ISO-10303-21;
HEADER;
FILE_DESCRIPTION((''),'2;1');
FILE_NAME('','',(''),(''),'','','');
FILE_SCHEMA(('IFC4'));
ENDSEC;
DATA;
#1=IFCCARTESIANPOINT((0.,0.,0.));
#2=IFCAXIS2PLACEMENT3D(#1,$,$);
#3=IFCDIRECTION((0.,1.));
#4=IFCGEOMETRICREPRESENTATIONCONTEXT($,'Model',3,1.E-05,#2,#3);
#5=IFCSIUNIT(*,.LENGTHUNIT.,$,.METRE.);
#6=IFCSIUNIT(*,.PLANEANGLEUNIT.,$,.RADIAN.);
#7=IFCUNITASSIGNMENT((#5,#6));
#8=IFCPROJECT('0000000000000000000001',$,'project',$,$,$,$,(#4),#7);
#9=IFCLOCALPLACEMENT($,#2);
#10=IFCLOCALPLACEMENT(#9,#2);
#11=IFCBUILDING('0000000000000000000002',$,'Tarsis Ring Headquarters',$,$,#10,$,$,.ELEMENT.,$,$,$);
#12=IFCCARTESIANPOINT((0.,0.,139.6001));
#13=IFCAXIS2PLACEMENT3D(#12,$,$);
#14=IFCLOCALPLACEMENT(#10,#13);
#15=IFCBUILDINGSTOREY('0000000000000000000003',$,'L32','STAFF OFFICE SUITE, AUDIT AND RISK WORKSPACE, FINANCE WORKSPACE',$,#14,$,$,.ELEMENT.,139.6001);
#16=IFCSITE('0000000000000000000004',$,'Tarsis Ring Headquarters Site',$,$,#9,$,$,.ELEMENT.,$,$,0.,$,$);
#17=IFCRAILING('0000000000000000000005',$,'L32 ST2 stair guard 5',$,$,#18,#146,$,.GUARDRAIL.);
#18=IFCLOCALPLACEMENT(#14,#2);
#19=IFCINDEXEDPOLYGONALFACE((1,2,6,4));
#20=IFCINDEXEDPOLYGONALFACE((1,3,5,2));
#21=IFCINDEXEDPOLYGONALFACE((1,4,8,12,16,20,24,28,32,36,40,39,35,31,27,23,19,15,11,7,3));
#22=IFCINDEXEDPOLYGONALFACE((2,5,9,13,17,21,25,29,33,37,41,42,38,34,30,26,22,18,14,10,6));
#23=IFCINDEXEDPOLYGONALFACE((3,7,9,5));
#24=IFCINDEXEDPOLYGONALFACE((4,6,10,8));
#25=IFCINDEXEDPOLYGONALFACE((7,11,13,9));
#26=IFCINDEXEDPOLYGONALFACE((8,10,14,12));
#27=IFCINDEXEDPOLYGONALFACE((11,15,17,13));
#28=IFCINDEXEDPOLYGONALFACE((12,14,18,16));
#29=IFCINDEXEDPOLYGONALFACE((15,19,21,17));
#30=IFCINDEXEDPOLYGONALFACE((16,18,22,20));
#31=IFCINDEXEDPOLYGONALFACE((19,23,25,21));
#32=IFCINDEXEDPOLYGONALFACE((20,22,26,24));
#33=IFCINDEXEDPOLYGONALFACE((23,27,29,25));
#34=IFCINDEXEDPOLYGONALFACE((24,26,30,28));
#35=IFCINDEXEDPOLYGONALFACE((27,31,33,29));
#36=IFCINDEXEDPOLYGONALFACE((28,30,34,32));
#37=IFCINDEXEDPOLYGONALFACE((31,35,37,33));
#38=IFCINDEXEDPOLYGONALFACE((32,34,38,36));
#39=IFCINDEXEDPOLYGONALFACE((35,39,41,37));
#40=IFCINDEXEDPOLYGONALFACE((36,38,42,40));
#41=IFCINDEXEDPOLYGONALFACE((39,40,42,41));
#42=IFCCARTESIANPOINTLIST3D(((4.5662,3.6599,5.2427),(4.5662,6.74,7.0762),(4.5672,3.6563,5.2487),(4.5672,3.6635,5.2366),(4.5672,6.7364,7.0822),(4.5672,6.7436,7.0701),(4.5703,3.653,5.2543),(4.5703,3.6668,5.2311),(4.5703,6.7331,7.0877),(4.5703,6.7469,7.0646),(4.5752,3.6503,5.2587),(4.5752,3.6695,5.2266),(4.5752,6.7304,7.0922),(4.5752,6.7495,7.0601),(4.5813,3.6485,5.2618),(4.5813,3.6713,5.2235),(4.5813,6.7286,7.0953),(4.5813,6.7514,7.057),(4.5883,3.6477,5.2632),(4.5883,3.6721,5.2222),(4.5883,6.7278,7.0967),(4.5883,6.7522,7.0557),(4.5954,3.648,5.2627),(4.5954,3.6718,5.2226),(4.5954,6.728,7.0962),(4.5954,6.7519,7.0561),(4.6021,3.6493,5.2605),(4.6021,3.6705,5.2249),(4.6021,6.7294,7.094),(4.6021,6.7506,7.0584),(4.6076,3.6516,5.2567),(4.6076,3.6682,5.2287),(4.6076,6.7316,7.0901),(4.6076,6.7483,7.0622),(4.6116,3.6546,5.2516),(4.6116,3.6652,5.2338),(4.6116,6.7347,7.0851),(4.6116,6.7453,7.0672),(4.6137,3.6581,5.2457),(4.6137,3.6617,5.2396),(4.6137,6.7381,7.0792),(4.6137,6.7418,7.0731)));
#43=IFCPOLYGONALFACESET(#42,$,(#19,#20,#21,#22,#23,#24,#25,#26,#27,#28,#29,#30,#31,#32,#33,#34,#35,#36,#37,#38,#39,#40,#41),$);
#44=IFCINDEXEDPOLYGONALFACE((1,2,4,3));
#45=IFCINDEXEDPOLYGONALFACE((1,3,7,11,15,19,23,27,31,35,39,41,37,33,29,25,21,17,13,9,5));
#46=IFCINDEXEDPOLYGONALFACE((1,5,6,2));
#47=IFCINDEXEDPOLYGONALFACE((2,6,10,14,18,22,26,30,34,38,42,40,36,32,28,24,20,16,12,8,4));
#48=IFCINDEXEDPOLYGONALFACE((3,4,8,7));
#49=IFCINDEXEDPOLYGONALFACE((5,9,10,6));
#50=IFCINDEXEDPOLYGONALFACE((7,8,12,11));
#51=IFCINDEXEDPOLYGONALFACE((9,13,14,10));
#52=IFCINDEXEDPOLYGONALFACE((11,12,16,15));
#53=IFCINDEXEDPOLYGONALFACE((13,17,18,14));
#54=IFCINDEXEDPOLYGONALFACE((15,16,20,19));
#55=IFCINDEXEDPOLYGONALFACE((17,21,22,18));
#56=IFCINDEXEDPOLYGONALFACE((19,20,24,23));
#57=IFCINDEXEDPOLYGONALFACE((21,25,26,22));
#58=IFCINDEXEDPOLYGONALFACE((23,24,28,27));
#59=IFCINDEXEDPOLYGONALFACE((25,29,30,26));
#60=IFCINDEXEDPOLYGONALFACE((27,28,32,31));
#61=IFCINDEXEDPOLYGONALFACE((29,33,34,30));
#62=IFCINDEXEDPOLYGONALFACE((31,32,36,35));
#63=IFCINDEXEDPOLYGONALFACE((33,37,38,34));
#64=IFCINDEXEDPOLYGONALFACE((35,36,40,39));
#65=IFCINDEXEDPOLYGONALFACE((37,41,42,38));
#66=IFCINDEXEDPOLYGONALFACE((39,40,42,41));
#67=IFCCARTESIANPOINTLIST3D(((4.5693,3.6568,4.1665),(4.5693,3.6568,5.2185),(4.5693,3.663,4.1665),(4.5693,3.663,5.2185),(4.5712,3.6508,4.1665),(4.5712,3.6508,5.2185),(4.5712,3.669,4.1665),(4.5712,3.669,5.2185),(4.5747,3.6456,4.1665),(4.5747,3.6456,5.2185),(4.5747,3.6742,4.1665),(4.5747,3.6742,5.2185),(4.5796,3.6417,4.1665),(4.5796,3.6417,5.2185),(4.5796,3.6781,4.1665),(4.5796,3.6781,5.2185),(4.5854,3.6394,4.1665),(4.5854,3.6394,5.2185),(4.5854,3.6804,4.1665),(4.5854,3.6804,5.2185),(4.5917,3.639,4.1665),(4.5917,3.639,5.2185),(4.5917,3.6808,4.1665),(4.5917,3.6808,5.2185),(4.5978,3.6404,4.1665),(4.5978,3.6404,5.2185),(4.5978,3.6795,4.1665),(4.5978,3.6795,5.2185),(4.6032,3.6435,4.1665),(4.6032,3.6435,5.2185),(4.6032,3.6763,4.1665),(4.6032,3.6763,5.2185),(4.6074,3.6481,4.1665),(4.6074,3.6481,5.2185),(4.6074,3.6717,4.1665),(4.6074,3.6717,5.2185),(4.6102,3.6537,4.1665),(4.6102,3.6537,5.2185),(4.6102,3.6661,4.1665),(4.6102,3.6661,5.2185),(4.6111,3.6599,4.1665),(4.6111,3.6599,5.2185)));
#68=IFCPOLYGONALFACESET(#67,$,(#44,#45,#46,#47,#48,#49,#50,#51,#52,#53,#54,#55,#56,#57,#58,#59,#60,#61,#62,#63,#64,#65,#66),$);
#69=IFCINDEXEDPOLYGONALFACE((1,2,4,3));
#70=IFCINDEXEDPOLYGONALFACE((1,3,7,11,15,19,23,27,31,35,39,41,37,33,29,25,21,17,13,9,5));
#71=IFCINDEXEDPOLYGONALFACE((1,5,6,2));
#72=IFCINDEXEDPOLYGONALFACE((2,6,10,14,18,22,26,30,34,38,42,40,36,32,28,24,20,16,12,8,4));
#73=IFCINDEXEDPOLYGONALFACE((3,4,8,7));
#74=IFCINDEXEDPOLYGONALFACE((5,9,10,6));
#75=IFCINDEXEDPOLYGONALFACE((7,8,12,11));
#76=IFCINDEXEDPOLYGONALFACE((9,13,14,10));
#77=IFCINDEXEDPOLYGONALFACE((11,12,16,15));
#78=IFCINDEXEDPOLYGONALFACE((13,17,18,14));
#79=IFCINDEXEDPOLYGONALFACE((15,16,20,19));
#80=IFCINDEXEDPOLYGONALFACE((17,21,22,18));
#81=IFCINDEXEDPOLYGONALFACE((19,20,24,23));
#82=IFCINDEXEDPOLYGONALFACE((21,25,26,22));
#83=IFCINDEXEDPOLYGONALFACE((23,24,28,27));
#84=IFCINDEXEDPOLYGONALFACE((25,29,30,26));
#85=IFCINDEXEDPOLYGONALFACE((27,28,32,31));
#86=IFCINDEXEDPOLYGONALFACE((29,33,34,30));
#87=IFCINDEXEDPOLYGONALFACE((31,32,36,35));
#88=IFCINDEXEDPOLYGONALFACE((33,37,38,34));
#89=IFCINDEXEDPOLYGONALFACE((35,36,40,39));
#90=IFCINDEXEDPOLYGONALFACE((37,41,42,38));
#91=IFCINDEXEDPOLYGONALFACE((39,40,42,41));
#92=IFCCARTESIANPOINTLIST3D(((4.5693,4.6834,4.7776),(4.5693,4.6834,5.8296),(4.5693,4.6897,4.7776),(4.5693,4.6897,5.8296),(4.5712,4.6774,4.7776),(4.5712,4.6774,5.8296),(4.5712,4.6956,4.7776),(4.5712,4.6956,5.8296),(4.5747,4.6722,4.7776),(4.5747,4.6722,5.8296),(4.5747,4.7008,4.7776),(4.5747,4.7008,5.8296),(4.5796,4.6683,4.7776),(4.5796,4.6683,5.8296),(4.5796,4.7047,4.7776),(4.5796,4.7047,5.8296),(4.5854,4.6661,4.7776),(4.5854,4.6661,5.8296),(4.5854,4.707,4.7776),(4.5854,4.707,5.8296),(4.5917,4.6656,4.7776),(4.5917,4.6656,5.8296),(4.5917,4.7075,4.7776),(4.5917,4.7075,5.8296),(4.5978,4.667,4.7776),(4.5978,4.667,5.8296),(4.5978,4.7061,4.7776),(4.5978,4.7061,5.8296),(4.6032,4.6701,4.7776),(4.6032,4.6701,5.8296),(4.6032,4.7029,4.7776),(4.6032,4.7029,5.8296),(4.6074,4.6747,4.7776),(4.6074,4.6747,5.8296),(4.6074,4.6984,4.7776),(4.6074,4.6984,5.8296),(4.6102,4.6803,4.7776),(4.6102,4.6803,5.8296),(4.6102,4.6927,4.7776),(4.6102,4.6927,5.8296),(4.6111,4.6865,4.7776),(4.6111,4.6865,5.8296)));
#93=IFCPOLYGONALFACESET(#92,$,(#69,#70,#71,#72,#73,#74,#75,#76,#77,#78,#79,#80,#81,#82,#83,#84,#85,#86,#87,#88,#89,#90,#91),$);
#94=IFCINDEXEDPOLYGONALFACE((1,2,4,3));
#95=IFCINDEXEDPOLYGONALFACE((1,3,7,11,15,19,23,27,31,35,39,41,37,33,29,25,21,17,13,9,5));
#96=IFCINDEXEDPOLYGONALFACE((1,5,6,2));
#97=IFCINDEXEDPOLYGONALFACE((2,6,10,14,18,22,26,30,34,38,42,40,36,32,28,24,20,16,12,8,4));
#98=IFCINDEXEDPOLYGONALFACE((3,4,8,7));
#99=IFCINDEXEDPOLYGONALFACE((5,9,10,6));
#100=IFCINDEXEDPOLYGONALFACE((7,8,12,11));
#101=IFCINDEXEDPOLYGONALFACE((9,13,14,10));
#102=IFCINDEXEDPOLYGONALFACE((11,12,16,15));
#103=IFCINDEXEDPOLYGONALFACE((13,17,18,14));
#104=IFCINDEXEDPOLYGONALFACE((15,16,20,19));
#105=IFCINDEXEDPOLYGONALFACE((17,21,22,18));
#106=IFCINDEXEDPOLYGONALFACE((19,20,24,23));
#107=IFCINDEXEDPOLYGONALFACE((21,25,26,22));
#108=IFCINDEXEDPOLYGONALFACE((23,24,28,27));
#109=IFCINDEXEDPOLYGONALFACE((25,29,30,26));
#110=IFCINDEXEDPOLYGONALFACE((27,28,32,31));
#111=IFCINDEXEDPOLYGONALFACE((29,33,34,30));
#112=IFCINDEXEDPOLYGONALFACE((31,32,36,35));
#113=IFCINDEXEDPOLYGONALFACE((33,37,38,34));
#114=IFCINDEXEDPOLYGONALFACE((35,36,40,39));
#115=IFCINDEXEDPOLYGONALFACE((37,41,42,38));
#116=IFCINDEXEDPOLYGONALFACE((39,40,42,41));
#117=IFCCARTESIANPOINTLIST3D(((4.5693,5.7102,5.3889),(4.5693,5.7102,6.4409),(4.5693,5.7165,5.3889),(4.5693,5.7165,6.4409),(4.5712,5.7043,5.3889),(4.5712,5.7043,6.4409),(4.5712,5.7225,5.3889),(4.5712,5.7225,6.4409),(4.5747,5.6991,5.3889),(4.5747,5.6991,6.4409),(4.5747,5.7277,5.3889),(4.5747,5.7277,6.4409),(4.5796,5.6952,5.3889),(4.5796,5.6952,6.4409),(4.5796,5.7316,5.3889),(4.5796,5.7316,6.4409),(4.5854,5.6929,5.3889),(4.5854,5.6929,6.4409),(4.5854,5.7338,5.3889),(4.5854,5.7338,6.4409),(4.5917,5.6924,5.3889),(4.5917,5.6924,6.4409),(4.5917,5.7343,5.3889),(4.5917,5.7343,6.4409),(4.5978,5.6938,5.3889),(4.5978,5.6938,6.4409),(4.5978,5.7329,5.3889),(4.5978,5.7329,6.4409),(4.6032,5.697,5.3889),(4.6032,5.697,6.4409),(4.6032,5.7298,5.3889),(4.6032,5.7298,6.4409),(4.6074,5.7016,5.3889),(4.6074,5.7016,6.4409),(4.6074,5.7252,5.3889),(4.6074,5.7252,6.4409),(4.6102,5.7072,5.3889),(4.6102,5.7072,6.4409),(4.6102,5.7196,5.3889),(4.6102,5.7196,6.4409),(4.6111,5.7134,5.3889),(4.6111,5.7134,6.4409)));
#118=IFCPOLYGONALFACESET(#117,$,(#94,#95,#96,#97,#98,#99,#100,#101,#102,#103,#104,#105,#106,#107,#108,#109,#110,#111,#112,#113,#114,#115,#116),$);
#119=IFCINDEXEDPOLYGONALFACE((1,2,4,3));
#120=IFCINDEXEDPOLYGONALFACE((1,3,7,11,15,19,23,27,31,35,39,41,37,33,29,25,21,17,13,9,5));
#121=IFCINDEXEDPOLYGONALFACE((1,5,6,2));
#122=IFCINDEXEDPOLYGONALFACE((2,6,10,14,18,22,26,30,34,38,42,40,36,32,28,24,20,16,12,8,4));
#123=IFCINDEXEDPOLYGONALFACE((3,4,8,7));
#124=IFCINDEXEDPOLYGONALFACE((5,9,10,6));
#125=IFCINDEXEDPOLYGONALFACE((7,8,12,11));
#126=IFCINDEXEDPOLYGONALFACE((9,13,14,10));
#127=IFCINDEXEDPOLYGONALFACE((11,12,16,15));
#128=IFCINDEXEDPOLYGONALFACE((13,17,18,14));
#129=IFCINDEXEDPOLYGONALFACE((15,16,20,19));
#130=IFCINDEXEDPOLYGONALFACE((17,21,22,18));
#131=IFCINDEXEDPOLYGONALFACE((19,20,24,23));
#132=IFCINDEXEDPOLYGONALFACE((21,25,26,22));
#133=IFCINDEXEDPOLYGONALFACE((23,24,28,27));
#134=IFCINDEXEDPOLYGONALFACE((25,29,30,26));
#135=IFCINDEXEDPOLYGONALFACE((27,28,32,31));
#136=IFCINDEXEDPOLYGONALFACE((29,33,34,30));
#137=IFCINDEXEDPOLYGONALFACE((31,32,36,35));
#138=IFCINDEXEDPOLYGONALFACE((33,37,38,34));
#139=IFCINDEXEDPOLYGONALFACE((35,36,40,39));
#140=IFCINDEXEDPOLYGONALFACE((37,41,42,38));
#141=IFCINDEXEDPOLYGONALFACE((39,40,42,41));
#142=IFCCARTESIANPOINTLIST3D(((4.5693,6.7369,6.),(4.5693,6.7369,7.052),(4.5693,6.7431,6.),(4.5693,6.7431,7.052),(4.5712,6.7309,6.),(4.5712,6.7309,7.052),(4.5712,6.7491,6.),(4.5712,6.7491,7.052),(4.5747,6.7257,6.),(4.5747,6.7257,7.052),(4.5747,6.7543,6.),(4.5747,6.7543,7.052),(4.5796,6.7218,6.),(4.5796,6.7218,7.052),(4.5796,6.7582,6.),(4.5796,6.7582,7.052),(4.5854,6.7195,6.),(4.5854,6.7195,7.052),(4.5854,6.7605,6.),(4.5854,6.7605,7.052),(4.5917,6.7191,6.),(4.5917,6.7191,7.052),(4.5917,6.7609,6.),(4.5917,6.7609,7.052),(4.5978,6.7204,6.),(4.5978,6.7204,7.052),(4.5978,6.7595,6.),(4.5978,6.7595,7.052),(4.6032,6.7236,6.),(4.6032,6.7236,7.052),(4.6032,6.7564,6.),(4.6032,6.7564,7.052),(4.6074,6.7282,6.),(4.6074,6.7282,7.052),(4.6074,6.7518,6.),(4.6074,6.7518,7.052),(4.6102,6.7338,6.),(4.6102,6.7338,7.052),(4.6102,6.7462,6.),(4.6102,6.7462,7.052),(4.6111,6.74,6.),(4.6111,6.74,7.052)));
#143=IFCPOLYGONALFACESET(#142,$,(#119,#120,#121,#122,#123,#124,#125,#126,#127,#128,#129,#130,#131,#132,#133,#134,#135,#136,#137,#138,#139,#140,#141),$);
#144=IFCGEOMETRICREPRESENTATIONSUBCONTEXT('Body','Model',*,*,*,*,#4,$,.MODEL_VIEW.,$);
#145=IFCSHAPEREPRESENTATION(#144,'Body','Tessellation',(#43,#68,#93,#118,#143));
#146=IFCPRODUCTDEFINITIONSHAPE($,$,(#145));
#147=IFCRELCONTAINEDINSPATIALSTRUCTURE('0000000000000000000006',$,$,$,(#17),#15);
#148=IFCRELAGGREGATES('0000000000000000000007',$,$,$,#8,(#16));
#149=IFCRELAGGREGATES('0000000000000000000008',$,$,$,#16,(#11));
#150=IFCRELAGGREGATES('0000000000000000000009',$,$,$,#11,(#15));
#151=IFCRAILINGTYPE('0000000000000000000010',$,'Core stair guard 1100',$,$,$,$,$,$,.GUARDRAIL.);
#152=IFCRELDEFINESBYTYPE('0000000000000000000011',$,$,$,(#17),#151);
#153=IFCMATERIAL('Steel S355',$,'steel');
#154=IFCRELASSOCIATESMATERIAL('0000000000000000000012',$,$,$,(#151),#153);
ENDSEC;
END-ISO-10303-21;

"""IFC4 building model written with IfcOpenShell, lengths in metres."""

from ifc_helpers import new_model, si_unit, direction, frame, origin, origin_2d, place, context, subcontext, project, spatial, circle, extrude, material, type_object, element, save


model = new_model("IFC4")

# Units and contexts
model_context = context("Model", 3, precision=1e-05, world=origin(), true_north=direction((0.0, 1.0)))
body_context = subcontext(model_context, "Body", "Model", "MODEL_VIEW")
ifc_project = project(units=[si_unit("LENGTHUNIT", "METRE"), si_unit("PLANEANGLEUNIT", "RADIAN")], contexts=[model_context])

# Site, building, storey
site_placement = place(None, origin())
site = spatial("IfcSite", under=ifc_project, at=site_placement, Name="Tarsis Ring Headquarters Site", CompositionType="ELEMENT", RefElevation=0.0)
building_placement = place(site_placement, origin())
building = spatial("IfcBuilding", under=site, at=building_placement, Name="Tarsis Ring Headquarters", CompositionType="ELEMENT")
storey_placement = place(building_placement, frame((0.0, 0.0, 139.6001)))
storey = spatial("IfcBuildingStorey", under=building, at=storey_placement, Name="L32", Description="STAFF OFFICE SUITE, AUDIT AND RISK WORKSPACE, FINANCE WORKSPACE", CompositionType="ELEMENT", Elevation=139.6001)

# Shared definitions
ifc_material_1 = material(Name="Steel S355", Category="steel")

# Railing
railing_type_1 = type_object("IfcRailingType", Name="Core stair guard 1100", PredefinedType="GUARDRAIL", material=ifc_material_1)
railing_1_placement = place(storey_placement, frame((4.5901, 3.6599, 4.1665)))
element("IfcRailing", 1, at=railing_1_placement, inside=storey, type_object=railing_type_1, Name="L32 ST2 stair guard 5", PredefinedType="GUARDRAIL", context=body_context, shape_type="SweptSolid", body=[
    extrude(circle(Radius=0.0239, at=origin_2d()), frame((0.0, 0.0, 1.0762), z_axis=(0.0, 0.859279, 0.511508), x_axis=(-1.0, 0.0, 0.0)), (0.0, 0.0, 1.0), 3.5845),
    extrude(circle(Radius=0.021, at=origin_2d()), origin(), (0.0, 0.0, 1.0), 1.052),
    extrude(circle(Radius=0.021, at=origin_2d()), frame((0.0, 1.0266, 0.6111)), (0.0, 0.0, 1.0), 1.052),
    extrude(circle(Radius=0.021, at=origin_2d()), frame((0.0, 2.0535, 1.2224)), (0.0, 0.0, 1.0), 1.052),
    extrude(circle(Radius=0.021, at=origin_2d()), frame((0.0, 3.0801, 1.8335)), (0.0, 0.0, 1.0), 1.052),
])

save(model, "model.ifc")
